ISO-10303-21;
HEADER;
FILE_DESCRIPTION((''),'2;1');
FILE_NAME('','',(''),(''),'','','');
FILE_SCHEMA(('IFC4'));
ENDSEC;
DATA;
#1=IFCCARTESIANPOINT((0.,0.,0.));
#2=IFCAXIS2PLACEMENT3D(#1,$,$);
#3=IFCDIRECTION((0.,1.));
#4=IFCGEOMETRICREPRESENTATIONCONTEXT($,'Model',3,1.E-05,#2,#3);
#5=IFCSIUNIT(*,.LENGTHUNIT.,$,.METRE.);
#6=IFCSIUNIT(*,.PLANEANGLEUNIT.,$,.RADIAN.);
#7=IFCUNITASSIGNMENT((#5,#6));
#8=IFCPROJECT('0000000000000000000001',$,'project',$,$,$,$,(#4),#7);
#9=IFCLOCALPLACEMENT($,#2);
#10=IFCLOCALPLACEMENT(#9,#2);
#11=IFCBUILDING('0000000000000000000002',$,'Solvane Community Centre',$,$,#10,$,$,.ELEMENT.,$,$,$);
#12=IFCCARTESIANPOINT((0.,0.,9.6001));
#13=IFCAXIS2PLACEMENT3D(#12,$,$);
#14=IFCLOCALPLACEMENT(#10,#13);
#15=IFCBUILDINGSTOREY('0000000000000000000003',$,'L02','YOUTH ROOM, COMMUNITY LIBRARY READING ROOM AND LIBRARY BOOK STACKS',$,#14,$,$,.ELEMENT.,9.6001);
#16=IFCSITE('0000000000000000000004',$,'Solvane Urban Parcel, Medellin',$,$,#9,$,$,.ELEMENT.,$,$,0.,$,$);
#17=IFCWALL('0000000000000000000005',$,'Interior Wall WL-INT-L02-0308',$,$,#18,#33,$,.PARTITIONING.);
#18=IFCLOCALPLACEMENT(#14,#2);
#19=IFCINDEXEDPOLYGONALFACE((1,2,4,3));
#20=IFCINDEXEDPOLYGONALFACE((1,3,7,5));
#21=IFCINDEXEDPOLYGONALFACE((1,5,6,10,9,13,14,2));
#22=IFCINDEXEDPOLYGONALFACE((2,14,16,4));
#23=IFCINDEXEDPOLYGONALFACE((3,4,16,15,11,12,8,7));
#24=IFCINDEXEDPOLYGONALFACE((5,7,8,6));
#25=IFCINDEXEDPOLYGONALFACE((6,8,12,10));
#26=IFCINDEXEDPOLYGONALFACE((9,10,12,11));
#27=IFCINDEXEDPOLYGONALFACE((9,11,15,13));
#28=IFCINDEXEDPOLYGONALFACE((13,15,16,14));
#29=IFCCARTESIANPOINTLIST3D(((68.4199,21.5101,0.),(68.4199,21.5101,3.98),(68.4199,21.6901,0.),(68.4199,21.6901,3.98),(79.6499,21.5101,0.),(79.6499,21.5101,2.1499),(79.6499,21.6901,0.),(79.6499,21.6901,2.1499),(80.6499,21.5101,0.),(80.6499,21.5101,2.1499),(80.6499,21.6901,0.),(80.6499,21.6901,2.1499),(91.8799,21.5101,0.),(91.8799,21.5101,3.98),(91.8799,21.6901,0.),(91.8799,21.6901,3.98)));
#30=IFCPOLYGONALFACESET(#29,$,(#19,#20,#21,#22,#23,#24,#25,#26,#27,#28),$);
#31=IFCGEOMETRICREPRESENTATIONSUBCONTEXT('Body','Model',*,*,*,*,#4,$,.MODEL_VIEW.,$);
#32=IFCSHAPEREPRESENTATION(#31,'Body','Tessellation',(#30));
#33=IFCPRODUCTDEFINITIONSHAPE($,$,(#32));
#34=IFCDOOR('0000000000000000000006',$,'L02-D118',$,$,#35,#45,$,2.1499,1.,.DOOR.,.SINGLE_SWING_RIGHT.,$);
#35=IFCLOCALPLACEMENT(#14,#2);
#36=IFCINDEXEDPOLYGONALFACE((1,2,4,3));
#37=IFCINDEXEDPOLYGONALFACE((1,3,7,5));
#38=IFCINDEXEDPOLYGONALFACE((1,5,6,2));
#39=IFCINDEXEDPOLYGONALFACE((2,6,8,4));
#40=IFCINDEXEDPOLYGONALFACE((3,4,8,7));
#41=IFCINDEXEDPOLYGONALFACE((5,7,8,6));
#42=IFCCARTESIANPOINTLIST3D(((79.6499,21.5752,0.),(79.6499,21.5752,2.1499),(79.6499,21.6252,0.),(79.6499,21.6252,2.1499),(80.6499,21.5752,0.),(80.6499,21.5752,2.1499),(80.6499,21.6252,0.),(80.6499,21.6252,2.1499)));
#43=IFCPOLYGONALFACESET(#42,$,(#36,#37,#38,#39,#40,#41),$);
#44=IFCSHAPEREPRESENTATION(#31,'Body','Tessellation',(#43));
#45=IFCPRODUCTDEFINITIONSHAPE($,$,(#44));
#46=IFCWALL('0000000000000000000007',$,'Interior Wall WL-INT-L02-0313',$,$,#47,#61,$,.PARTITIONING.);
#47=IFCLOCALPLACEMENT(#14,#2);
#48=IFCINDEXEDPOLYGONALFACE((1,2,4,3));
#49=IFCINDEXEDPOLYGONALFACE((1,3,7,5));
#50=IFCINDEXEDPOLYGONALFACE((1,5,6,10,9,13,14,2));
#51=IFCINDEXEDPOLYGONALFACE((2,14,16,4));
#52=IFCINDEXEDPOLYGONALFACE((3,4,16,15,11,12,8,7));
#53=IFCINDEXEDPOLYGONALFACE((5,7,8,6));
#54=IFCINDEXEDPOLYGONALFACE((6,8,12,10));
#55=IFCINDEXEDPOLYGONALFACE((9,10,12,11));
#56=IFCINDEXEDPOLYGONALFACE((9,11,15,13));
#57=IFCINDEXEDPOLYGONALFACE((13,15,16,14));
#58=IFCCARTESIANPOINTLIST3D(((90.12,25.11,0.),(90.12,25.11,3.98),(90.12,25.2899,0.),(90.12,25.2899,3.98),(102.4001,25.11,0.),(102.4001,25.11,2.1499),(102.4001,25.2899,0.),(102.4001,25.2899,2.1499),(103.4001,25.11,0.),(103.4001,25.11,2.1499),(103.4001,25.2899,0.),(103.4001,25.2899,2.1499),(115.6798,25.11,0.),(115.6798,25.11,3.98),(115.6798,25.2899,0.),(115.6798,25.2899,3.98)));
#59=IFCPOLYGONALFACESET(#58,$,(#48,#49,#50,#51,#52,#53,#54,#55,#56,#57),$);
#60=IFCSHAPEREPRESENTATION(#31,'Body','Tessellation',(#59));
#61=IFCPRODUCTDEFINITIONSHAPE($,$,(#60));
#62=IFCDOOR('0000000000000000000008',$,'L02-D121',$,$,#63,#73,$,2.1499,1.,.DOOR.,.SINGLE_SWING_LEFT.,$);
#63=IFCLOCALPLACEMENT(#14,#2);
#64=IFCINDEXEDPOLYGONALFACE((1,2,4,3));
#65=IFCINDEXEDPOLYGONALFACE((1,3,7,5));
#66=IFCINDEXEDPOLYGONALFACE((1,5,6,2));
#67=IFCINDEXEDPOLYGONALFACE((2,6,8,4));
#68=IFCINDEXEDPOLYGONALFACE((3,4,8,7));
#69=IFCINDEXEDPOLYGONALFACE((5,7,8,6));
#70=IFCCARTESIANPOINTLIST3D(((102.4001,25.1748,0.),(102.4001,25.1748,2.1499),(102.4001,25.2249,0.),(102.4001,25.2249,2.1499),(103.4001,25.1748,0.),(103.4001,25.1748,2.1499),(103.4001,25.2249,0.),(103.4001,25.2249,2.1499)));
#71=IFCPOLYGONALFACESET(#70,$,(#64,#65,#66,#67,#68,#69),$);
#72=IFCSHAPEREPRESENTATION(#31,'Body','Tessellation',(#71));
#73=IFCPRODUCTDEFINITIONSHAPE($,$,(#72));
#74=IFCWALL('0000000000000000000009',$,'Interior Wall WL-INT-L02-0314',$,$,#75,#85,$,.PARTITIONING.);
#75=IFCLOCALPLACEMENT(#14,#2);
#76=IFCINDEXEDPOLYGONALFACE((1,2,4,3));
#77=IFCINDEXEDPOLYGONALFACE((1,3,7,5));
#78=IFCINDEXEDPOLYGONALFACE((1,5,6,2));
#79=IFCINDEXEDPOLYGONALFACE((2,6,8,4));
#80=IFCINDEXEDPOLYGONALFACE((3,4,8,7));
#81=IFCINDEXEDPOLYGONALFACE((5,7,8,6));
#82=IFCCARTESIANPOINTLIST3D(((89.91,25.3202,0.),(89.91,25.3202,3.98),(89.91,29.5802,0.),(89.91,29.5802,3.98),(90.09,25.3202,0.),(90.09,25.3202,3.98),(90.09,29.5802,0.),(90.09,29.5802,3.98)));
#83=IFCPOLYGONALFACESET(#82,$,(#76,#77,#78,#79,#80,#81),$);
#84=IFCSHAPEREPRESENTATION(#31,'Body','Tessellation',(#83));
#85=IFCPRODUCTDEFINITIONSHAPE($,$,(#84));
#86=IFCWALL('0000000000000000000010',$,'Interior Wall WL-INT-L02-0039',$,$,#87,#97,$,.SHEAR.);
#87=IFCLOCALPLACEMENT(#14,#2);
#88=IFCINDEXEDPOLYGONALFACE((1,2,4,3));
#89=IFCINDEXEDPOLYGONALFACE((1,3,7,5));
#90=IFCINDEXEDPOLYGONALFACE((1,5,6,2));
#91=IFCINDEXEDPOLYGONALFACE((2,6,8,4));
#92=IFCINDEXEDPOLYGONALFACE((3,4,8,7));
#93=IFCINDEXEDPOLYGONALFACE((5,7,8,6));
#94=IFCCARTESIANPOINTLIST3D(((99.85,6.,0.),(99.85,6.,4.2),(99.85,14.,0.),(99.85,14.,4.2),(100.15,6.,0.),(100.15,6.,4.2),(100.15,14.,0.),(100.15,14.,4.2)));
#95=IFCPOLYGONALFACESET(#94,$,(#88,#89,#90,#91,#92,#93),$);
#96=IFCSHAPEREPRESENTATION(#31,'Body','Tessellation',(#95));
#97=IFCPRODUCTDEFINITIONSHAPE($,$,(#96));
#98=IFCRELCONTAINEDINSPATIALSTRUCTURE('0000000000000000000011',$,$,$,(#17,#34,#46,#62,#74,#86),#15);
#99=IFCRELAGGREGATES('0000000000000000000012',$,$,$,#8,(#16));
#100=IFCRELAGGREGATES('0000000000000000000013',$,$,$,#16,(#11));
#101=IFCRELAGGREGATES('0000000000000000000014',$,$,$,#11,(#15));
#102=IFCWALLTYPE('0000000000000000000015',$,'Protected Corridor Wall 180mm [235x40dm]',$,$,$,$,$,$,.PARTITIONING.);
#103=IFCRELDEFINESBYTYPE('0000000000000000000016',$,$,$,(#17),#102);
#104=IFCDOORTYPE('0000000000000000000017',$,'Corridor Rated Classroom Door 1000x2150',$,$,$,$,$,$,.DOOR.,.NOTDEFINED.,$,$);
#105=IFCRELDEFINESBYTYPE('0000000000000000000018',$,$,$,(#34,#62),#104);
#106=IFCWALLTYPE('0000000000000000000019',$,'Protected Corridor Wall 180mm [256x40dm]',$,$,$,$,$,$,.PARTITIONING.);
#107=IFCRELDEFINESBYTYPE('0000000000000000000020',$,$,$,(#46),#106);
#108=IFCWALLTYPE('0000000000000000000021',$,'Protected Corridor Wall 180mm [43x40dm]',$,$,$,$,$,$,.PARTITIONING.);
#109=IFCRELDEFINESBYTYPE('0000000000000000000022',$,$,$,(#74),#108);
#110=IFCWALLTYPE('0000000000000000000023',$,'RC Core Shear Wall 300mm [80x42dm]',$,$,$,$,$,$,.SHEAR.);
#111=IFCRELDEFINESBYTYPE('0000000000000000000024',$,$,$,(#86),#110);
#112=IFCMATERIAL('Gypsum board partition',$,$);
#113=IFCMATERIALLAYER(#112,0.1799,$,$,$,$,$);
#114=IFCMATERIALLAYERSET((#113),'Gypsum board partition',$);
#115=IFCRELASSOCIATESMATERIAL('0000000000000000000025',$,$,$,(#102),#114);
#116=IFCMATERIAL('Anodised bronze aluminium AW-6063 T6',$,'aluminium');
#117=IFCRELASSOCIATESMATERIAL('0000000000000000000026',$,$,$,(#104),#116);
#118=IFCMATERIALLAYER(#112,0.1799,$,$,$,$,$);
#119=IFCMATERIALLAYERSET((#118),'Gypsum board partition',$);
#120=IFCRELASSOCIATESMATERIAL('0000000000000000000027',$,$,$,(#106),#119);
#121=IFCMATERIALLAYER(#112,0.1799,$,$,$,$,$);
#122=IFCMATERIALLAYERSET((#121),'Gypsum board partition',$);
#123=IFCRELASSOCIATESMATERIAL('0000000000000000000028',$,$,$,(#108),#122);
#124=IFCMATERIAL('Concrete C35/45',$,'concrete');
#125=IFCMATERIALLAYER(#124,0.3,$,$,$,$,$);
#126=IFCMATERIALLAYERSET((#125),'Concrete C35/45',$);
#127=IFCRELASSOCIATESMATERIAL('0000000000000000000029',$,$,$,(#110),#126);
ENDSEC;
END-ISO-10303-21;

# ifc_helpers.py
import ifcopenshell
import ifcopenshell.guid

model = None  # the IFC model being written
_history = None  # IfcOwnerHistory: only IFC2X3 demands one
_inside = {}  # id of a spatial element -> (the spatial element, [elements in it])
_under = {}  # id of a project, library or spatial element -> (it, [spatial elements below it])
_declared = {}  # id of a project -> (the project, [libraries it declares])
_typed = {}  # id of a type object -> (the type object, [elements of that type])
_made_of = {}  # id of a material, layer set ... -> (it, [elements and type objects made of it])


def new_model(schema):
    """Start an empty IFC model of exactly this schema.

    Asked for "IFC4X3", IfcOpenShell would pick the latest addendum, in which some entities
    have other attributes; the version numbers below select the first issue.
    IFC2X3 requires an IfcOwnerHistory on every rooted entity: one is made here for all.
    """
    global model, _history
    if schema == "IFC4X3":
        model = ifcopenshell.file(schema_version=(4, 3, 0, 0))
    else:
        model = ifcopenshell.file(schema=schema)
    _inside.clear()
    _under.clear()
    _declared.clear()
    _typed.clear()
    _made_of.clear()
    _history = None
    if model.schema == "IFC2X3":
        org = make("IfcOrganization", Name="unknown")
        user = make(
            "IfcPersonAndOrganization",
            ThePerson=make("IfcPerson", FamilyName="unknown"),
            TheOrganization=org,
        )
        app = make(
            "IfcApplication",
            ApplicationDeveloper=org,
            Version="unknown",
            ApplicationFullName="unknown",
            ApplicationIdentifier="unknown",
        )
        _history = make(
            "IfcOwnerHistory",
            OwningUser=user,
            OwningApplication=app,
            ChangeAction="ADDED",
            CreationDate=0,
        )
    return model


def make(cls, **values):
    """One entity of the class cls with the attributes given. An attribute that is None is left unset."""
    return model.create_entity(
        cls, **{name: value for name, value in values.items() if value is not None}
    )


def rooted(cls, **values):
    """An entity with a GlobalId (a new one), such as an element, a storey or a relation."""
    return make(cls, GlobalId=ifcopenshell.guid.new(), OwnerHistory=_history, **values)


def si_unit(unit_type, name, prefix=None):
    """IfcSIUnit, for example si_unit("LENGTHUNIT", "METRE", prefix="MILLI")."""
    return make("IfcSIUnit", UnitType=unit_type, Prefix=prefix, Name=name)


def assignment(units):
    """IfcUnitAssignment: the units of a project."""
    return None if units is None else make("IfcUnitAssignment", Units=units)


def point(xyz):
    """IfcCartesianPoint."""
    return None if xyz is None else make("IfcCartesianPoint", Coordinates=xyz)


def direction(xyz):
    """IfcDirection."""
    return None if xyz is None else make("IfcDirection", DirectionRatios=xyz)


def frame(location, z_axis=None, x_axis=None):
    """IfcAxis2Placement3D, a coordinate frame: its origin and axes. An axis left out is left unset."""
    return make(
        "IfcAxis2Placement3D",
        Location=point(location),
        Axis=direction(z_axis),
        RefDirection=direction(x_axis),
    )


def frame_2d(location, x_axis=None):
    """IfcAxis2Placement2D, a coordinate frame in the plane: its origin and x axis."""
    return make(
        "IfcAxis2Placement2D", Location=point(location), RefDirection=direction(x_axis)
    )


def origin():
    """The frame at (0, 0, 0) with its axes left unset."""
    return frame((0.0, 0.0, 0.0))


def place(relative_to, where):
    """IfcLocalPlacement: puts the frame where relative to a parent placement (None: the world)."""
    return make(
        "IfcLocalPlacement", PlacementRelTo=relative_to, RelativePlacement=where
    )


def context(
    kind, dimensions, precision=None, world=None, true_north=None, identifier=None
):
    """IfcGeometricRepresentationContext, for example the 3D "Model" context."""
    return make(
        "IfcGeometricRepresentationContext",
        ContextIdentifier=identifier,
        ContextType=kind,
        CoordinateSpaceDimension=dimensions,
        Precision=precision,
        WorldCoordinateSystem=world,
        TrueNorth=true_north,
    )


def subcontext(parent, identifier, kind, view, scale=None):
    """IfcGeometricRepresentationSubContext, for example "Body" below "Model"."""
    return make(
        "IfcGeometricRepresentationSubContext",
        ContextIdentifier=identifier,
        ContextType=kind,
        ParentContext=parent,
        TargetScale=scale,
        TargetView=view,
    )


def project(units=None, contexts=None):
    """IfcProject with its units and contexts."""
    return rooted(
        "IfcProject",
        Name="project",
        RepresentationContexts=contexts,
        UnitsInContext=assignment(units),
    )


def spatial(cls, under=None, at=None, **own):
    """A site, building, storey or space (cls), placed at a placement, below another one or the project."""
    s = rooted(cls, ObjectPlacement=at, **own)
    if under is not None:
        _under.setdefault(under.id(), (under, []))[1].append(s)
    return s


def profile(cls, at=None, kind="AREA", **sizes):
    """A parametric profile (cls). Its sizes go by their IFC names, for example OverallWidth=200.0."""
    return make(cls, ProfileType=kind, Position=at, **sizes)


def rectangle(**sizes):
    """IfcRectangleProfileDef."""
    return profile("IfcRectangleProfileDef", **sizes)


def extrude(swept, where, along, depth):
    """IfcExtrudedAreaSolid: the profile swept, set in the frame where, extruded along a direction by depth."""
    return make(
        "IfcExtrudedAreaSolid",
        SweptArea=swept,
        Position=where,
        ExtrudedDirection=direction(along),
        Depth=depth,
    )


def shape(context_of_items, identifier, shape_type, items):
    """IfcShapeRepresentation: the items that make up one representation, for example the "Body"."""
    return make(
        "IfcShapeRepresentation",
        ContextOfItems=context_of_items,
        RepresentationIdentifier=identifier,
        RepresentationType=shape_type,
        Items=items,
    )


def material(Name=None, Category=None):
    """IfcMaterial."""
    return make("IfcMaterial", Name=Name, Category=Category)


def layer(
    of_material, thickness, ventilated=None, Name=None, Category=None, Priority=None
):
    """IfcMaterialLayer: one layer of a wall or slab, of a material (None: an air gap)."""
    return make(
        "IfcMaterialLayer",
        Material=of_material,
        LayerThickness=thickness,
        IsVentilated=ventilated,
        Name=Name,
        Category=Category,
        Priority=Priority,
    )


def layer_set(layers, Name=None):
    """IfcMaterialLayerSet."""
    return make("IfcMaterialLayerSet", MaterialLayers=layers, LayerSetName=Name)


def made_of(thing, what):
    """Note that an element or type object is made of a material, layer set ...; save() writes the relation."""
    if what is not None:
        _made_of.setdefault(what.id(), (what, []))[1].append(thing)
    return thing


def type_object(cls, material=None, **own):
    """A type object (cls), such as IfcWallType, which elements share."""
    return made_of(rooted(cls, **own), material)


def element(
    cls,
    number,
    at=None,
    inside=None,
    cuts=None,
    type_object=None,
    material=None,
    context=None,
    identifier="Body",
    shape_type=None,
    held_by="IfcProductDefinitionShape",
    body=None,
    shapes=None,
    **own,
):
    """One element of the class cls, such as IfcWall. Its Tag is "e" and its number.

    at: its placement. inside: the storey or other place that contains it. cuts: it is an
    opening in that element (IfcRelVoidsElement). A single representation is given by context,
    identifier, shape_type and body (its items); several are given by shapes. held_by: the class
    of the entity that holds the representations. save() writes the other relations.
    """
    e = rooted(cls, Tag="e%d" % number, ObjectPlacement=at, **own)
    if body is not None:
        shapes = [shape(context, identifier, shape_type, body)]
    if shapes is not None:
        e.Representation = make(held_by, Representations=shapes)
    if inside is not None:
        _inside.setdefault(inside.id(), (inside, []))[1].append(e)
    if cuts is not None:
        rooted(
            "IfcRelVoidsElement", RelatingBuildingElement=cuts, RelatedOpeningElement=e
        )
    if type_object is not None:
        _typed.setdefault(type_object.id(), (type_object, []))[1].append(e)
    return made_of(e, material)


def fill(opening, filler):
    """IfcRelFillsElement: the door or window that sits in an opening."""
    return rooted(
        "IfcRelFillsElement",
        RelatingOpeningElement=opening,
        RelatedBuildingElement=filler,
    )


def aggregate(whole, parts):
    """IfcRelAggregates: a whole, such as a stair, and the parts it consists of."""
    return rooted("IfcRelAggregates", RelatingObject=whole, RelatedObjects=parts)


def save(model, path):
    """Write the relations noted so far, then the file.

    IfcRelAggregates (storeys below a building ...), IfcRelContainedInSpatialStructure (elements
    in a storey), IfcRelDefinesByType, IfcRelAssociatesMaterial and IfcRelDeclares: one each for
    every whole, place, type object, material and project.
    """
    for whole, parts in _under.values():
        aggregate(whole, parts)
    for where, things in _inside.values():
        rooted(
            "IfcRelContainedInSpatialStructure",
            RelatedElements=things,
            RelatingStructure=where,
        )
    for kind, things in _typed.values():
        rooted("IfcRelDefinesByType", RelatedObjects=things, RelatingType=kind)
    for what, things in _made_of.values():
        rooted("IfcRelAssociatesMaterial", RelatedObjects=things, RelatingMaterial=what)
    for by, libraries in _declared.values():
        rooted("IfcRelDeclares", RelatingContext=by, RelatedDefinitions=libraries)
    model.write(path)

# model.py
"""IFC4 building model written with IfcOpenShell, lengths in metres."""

from ifc_helpers import new_model, si_unit, direction, frame, frame_2d, origin, place, context, subcontext, project, spatial, rectangle, extrude, material, layer, layer_set, type_object, element, fill, save


model = new_model("IFC4")

# Units and contexts
model_context = context("Model", 3, precision=1e-05, world=origin(), true_north=direction((0.0, 1.0)))
body_context = subcontext(model_context, "Body", "Model", "MODEL_VIEW")
ifc_project = project(units=[si_unit("LENGTHUNIT", "METRE"), si_unit("PLANEANGLEUNIT", "RADIAN")], contexts=[model_context])

# Site, building, storey
site_placement = place(None, origin())
site = spatial("IfcSite", under=ifc_project, at=site_placement, Name="Solvane Urban Parcel, Medellin", CompositionType="ELEMENT", RefElevation=0.0)
building_placement = place(site_placement, origin())
building = spatial("IfcBuilding", under=site, at=building_placement, Name="Solvane Community Centre", CompositionType="ELEMENT")
storey_placement = place(building_placement, frame((0.0, 0.0, 9.6001)))
storey = spatial("IfcBuildingStorey", under=building, at=storey_placement, Name="L02", Description="YOUTH ROOM, COMMUNITY LIBRARY READING ROOM AND LIBRARY BOOK STACKS", CompositionType="ELEMENT", Elevation=9.6001)

# Shared definitions
ifc_material_1 = material(Name="Concrete C35/45", Category="concrete")

# Shared definitions
ifc_material_2 = material(Name="Gypsum board partition")

# Walls, openings, doors
ifc_layer_1 = layer(ifc_material_2, 0.1799)
ifc_layer_set_1 = layer_set([ifc_layer_1], Name="Gypsum board partition")
wall_type_1 = type_object("IfcWallType", Name="Protected Corridor Wall 180mm [235x40dm]", PredefinedType="PARTITIONING", material=ifc_layer_set_1)
wall_1_placement = place(storey_placement, frame((91.8799, 21.6001, 0.0), z_axis=(0.0, 0.0, 1.0), x_axis=(-1.0, 0.0, 0.0)))
wall_1 = element("IfcWall", 1, at=wall_1_placement, inside=storey, type_object=wall_type_1, Name="Interior Wall WL-INT-L02-0308", PredefinedType="PARTITIONING", context=body_context, shape_type="SweptSolid", body=[
    extrude(rectangle(XDim=23.46, YDim=0.1799, at=frame_2d((11.73, 0.0))), origin(), (0.0, 0.0, 1.0), 3.98),
])
opening_1_placement = place(wall_1_placement, frame((11.23, 0.0, 0.0)))
opening_1 = element("IfcOpeningElement", 2, at=opening_1_placement, cuts=wall_1, PredefinedType="OPENING", context=body_context, shape_type="SweptSolid", body=[
    extrude(rectangle(XDim=1.0, YDim=2.1499, at=frame_2d((0.5, 1.075))), frame((0.0, 0.0999, 0.0), z_axis=(0.0, -1.0, 0.0), x_axis=(1.0, 0.0, 0.0)), (0.0, 0.0, 1.0), 0.2),
])
ifc_material_3 = material(Name="Anodised bronze aluminium AW-6063 T6", Category="aluminium")
door_type = type_object("IfcDoorType", Name="Corridor Rated Classroom Door 1000x2150", OperationType="NOTDEFINED", PredefinedType="DOOR", material=ifc_material_3)
door_1_placement = place(opening_1_placement, origin())
door_1 = element("IfcDoor", 3, at=door_1_placement, inside=storey, type_object=door_type, Name="L02-D118", OperationType="SINGLE_SWING_RIGHT", OverallHeight=2.1499, OverallWidth=1.0, PredefinedType="DOOR", context=body_context, shape_type="SweptSolid", body=[
    extrude(rectangle(XDim=1.0, YDim=2.1499, at=frame_2d((0.5, 1.075))), frame((0.0, 0.0249, 0.0), z_axis=(0.0, -1.0, 0.0), x_axis=(1.0, 0.0, 0.0)), (0.0, 0.0, 1.0), 0.05),
])
fill(opening_1, door_1)
ifc_layer_2 = layer(ifc_material_2, 0.1799)
ifc_layer_set_2 = layer_set([ifc_layer_2], Name="Gypsum board partition")
wall_type_2 = type_object("IfcWallType", Name="Protected Corridor Wall 180mm [256x40dm]", PredefinedType="PARTITIONING", material=ifc_layer_set_2)
wall_2_placement = place(storey_placement, frame((90.1201, 25.2, 0.0), z_axis=(0.0, 0.0, 1.0), x_axis=(1.0, 0.0, 0.0)))
wall_2 = element("IfcWall", 4, at=wall_2_placement, inside=storey, type_object=wall_type_2, Name="Interior Wall WL-INT-L02-0313", PredefinedType="PARTITIONING", context=body_context, shape_type="SweptSolid", body=[
    extrude(rectangle(XDim=25.5598, YDim=0.1799, at=frame_2d((12.7798, 0.0))), origin(), (0.0, 0.0, 1.0), 3.98),
])
opening_2_placement = place(wall_2_placement, frame((12.28, 0.0, 0.0)))
opening_2 = element("IfcOpeningElement", 5, at=opening_2_placement, cuts=wall_2, PredefinedType="OPENING", context=body_context, shape_type="SweptSolid", body=[
    extrude(rectangle(XDim=1.0, YDim=2.1499, at=frame_2d((0.5, 1.075))), frame((0.0, 0.0999, 0.0), z_axis=(0.0, -1.0, 0.0), x_axis=(1.0, 0.0, 0.0)), (0.0, 0.0, 1.0), 0.2),
])
door_2_placement = place(opening_2_placement, origin())
door_2 = element("IfcDoor", 6, at=door_2_placement, inside=storey, type_object=door_type, Name="L02-D121", OperationType="SINGLE_SWING_LEFT", OverallHeight=2.1499, OverallWidth=1.0, PredefinedType="DOOR", context=body_context, shape_type="SweptSolid", body=[
    extrude(rectangle(XDim=1.0, YDim=2.1499, at=frame_2d((0.5, 1.075))), frame((0.0, 0.0249, 0.0), z_axis=(0.0, -1.0, 0.0), x_axis=(1.0, 0.0, 0.0)), (0.0, 0.0, 1.0), 0.05),
])
fill(opening_2, door_2)

# Walls
ifc_layer_3 = layer(ifc_material_2, 0.1799)
ifc_layer_set_3 = layer_set([ifc_layer_3], Name="Gypsum board partition")
wall_type_3 = type_object("IfcWallType", Name="Protected Corridor Wall 180mm [43x40dm]", PredefinedType="PARTITIONING", material=ifc_layer_set_3)
wall_3_placement = place(storey_placement, frame((90.0, 29.5801, 0.0), z_axis=(0.0, 0.0, 1.0), x_axis=(0.0, -1.0, 0.0)))
element("IfcWall", 7, at=wall_3_placement, inside=storey, type_object=wall_type_3, Name="Interior Wall WL-INT-L02-0314", PredefinedType="PARTITIONING", context=body_context, shape_type="SweptSolid", body=[
    extrude(rectangle(XDim=4.26, YDim=0.1799, at=frame_2d((2.1299, 0.0))), origin(), (0.0, 0.0, 1.0), 3.98),
])
ifc_layer_4 = layer(ifc_material_1, 0.3)
ifc_layer_set_4 = layer_set([ifc_layer_4], Name="Concrete C35/45")
wall_type_4 = type_object("IfcWallType", Name="RC Core Shear Wall 300mm [80x42dm]", PredefinedType="SHEAR", material=ifc_layer_set_4)
wall_4_placement = place(storey_placement, frame((100.0, 6.0, 0.0), z_axis=(0.0, 0.0, 1.0), x_axis=(0.0, 1.0, 0.0)))
element("IfcWall", 8, at=wall_4_placement, inside=storey, type_object=wall_type_4, Name="Interior Wall WL-INT-L02-0039", PredefinedType="SHEAR", context=body_context, shape_type="SweptSolid", body=[
    extrude(rectangle(XDim=8.0, YDim=0.3, at=frame_2d((4.0, 0.0))), origin(), (0.0, 0.0, 1.0), 4.2),
])

save(model, "model.ifc")
